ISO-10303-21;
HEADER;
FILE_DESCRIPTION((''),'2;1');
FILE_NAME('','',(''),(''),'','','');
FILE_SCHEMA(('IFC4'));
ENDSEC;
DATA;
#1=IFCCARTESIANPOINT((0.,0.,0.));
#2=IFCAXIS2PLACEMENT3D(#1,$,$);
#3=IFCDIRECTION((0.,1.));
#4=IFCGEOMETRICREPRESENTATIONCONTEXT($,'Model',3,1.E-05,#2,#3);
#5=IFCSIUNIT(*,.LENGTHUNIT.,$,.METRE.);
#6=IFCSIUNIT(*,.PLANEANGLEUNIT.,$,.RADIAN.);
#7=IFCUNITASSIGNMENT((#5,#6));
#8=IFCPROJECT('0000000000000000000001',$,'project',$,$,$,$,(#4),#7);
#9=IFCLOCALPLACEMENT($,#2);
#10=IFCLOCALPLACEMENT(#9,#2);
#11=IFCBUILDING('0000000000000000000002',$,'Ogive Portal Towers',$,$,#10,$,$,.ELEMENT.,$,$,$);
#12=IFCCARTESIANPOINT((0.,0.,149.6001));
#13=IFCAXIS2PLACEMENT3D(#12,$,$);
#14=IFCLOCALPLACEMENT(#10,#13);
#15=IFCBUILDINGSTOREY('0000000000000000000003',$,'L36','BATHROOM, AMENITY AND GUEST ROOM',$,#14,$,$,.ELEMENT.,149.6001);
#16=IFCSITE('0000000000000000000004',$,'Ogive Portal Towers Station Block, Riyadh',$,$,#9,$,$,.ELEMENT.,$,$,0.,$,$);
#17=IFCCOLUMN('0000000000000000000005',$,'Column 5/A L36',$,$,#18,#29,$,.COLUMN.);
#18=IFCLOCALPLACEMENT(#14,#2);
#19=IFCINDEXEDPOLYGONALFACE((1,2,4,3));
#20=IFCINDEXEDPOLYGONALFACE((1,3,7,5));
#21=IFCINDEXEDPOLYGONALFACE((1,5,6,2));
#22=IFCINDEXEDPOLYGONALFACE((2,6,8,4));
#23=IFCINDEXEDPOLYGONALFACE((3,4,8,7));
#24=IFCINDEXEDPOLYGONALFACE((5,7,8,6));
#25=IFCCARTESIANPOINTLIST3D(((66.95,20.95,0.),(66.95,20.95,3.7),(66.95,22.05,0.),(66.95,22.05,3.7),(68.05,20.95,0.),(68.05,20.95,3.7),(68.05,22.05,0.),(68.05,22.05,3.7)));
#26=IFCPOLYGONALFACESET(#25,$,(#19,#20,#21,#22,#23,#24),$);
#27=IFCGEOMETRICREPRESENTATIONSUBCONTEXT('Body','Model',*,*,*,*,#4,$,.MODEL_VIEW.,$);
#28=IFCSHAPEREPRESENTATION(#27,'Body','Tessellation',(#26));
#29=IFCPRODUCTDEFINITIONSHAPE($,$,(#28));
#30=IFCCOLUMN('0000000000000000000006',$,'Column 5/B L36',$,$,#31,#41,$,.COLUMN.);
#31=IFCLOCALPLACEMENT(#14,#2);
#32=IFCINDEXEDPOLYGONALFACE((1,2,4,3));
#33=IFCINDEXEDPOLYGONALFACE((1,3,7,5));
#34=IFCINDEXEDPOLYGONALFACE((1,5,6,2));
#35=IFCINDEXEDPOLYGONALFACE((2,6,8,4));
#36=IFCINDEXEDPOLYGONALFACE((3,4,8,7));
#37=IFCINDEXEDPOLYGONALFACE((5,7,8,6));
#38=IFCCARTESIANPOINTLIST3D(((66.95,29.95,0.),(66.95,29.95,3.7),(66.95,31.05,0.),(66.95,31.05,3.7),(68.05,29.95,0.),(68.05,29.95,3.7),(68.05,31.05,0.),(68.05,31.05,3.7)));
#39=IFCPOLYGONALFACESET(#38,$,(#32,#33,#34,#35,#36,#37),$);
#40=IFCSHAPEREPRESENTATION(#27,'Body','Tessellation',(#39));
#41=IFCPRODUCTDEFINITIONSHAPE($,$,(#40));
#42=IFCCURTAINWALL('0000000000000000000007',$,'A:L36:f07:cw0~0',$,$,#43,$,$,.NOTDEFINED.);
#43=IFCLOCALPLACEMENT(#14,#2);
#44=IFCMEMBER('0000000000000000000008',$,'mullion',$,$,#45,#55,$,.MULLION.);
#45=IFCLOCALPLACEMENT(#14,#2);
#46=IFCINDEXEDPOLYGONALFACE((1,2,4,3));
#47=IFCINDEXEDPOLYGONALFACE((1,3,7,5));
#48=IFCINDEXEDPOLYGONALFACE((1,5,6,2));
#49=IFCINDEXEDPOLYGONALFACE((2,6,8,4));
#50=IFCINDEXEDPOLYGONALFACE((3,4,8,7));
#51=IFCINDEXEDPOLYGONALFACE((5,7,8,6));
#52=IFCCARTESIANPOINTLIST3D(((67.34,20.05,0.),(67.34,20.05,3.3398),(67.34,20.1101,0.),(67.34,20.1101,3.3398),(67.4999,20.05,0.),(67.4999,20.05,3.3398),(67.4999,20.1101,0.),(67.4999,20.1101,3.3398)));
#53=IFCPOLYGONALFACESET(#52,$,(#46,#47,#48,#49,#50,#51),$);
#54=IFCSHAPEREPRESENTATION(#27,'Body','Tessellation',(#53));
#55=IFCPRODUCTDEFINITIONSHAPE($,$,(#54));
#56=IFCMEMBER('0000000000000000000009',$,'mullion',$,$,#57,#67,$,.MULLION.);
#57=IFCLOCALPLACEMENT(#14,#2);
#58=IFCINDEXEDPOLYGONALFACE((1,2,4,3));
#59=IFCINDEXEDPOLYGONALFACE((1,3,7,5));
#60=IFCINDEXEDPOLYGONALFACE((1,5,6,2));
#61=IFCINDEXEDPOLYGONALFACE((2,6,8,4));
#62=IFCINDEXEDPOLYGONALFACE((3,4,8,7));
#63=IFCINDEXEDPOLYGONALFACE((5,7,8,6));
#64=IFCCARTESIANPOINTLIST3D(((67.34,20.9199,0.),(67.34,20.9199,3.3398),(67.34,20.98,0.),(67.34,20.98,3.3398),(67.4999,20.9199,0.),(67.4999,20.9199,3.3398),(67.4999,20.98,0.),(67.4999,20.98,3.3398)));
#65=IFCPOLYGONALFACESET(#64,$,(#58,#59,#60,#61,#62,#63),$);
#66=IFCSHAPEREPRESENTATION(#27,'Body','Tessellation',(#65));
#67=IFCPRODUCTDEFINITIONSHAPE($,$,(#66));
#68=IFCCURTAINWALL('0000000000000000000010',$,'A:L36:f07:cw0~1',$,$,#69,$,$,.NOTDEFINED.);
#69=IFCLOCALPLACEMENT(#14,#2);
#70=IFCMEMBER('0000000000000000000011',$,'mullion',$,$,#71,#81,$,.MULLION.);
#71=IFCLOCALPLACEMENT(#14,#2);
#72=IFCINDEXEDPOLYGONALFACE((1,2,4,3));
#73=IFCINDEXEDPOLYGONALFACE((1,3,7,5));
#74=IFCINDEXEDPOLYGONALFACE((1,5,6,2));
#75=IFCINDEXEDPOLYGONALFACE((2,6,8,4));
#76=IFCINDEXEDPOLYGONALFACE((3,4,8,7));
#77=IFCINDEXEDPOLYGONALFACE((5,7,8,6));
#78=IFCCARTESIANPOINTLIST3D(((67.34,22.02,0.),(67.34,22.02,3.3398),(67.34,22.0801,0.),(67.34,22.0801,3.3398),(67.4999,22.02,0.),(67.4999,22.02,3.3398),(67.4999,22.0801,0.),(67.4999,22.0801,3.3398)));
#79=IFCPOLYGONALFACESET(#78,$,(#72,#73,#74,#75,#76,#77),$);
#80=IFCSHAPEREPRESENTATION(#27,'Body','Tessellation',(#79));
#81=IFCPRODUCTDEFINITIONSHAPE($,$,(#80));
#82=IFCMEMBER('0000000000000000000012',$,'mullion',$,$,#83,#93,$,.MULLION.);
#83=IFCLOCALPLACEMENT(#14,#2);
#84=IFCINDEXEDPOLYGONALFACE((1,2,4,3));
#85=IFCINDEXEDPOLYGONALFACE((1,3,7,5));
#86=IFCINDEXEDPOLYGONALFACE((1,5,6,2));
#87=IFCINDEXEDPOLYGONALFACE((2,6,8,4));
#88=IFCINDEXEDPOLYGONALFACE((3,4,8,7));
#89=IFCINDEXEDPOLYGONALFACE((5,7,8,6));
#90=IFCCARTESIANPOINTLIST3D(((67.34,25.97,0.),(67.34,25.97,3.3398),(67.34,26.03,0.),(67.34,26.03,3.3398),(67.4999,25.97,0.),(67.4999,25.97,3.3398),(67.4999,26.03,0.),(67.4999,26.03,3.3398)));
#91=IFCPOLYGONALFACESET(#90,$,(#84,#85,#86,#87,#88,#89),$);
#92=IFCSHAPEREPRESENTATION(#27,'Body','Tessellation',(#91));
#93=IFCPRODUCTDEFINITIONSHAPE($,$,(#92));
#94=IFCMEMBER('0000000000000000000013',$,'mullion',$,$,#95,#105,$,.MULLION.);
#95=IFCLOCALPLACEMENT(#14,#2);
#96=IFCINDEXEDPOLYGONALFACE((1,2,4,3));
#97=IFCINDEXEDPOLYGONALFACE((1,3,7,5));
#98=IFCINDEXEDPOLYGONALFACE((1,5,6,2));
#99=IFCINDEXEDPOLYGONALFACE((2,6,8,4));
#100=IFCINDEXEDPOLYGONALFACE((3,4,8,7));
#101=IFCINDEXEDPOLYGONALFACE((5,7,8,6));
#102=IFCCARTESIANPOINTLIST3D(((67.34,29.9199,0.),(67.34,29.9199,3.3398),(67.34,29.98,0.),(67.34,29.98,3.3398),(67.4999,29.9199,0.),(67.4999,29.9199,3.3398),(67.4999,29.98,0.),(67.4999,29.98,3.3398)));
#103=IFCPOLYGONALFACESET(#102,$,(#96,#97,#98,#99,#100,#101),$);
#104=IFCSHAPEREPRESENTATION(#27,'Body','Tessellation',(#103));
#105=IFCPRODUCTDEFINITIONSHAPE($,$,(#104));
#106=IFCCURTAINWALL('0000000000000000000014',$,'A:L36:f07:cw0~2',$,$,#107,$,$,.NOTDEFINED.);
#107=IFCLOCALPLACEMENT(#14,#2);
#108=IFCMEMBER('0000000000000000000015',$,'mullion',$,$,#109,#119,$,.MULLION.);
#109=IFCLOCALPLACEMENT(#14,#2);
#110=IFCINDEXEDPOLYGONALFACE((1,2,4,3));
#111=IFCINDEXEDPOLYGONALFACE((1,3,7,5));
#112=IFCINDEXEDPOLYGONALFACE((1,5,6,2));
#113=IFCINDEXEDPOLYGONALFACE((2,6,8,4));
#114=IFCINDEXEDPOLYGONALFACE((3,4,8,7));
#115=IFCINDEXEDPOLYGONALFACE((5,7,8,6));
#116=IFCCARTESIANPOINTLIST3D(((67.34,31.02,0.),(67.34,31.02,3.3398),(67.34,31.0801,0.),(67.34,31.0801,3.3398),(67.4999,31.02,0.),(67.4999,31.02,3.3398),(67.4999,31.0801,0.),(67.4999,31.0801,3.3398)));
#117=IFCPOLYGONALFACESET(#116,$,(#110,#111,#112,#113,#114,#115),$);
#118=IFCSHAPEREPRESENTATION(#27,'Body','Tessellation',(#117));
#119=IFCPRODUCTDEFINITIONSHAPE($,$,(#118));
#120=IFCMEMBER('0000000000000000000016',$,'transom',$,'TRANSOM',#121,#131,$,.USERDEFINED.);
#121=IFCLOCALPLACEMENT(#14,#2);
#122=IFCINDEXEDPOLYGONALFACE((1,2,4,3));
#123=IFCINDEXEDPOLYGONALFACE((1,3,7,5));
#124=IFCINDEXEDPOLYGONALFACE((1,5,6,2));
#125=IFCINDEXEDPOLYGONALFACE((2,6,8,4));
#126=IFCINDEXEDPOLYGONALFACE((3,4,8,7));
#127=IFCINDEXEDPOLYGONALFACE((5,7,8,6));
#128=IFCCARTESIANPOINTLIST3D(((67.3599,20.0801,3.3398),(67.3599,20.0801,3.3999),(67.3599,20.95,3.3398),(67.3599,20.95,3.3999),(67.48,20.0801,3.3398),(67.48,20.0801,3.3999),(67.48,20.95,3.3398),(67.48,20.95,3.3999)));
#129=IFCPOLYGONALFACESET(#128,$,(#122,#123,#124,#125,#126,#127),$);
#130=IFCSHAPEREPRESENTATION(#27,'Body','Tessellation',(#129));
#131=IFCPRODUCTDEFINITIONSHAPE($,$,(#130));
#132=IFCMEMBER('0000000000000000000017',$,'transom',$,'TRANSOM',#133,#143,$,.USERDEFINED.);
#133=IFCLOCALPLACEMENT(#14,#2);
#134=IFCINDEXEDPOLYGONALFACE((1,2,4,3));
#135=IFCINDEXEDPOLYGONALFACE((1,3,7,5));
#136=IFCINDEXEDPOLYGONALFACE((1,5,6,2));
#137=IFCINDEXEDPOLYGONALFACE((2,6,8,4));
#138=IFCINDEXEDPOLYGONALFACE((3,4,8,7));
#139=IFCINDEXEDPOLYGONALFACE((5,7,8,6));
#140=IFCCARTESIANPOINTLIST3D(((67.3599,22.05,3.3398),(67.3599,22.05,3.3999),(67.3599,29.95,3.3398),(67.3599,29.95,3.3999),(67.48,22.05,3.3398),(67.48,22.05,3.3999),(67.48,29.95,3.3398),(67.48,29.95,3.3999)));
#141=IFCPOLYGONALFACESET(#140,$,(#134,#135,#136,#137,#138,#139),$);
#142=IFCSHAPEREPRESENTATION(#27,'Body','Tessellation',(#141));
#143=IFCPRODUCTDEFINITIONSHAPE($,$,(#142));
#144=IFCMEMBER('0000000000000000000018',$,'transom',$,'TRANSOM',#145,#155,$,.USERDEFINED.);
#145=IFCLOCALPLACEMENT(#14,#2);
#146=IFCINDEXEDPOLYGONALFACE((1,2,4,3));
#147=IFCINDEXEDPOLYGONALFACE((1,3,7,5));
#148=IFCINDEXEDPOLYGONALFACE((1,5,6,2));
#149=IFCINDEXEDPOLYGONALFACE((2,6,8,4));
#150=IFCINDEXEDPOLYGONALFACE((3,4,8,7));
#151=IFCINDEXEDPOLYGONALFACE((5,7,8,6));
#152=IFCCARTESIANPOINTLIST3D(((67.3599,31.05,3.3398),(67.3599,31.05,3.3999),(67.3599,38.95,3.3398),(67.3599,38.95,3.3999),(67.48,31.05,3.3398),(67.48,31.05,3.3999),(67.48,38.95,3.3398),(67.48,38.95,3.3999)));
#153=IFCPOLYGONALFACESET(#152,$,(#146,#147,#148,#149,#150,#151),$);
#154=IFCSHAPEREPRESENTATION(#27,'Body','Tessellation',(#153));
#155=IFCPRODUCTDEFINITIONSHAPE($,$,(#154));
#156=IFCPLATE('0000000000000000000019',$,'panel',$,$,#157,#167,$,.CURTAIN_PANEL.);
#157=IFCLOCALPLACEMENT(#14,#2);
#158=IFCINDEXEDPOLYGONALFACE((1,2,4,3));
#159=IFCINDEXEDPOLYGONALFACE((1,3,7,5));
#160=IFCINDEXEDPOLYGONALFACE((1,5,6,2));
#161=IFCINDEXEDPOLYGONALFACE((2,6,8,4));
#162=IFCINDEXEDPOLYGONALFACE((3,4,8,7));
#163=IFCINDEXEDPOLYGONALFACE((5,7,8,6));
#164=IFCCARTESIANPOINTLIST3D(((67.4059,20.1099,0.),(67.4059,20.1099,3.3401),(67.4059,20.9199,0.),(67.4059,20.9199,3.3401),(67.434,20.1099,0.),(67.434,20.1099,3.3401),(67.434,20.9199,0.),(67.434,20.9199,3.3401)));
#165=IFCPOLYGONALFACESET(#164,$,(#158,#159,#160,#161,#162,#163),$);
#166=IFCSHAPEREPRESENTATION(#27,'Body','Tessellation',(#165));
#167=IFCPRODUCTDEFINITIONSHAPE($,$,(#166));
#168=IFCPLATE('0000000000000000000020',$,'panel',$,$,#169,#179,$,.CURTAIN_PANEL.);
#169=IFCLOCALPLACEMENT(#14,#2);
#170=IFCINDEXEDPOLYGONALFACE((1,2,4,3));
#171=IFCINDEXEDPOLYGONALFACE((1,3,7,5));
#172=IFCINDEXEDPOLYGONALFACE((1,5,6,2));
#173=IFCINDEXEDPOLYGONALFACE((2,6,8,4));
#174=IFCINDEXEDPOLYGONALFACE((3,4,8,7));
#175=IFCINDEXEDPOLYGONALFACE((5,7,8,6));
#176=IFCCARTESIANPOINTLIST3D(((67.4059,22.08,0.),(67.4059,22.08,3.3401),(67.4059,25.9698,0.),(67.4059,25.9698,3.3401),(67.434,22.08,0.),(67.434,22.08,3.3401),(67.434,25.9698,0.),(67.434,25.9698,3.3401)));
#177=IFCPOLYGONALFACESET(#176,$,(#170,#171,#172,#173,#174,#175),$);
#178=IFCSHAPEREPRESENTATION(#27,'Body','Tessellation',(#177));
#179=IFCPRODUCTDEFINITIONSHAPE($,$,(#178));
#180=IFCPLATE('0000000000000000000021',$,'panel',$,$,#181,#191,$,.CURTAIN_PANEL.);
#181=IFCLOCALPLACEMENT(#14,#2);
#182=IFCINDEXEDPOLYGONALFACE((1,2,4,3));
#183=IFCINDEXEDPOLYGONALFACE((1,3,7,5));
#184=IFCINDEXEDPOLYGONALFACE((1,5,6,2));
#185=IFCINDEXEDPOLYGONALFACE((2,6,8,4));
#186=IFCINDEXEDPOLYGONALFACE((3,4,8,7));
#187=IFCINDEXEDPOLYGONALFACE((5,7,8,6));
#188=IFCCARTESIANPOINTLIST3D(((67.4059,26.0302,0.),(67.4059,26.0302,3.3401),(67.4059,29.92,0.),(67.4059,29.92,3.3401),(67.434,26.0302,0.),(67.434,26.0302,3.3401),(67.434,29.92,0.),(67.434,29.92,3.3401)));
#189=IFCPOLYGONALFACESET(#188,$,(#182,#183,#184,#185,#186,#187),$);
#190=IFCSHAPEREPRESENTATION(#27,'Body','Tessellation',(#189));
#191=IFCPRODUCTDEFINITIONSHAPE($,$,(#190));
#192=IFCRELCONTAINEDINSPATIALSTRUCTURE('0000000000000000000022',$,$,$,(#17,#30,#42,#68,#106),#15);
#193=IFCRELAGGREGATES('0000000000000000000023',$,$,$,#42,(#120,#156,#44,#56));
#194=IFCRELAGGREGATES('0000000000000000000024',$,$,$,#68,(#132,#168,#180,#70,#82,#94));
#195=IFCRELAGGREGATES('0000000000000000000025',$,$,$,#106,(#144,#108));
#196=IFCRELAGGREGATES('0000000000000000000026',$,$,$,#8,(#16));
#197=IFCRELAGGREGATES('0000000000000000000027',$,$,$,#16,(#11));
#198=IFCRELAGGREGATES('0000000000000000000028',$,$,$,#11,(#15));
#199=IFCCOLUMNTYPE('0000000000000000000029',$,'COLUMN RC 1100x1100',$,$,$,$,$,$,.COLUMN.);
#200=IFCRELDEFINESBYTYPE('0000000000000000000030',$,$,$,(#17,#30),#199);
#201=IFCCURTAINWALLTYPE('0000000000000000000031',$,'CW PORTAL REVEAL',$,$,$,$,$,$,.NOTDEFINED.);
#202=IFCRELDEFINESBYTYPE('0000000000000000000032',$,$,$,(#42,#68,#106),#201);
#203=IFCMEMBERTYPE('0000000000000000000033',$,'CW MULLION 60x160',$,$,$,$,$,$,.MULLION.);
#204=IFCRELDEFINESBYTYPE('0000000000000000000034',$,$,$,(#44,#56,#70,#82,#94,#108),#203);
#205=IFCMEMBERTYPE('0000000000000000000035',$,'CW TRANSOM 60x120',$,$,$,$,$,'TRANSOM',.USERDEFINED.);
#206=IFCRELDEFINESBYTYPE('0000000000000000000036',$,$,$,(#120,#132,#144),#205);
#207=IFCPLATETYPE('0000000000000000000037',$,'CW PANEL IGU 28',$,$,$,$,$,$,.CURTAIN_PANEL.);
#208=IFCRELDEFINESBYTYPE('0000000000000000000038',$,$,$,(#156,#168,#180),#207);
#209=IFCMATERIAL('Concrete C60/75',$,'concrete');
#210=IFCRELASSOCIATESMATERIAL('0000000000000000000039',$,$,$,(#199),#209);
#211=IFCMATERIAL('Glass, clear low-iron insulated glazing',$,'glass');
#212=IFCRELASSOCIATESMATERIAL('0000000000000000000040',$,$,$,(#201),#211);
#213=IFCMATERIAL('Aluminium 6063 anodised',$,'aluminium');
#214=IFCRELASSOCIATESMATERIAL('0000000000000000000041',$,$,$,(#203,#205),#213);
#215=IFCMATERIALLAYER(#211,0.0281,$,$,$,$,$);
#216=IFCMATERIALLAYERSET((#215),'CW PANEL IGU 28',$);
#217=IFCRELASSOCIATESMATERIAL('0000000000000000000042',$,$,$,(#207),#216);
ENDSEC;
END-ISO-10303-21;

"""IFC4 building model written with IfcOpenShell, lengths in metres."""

from ifc_helpers import new_model, si_unit, direction, frame, origin, origin_2d, place, context, subcontext, project, spatial, rectangle, extrude, material, layer, layer_set, material_profile, profile_set, type_object, element, aggregate, save


model = new_model("IFC4")

# Units and contexts
model_context = context("Model", 3, precision=1e-05, world=origin(), true_north=direction((0.0, 1.0)))
body_context = subcontext(model_context, "Body", "Model", "MODEL_VIEW")
ifc_project = project(units=[si_unit("LENGTHUNIT", "METRE"), si_unit("PLANEANGLEUNIT", "RADIAN")], contexts=[model_context])

# Site, building, storey
site_placement = place(None, origin())
site = spatial("IfcSite", under=ifc_project, at=site_placement, Name="Ogive Portal Towers Station Block, Riyadh", CompositionType="ELEMENT", RefElevation=0.0)
building_placement = place(site_placement, origin())
building = spatial("IfcBuilding", under=site, at=building_placement, Name="Ogive Portal Towers", CompositionType="ELEMENT")
storey_placement = place(building_placement, frame((0.0, 0.0, 149.6001)))
storey = spatial("IfcBuildingStorey", under=building, at=storey_placement, Name="L36", Description="BATHROOM, AMENITY AND GUEST ROOM", CompositionType="ELEMENT", Elevation=149.6001)

# Columns
ifc_material_1 = material(Name="Concrete C60/75", Category="concrete")
ifc_material_profile_1 = material_profile(ifc_material_1, rectangle(XDim=1.1001, YDim=1.1001, at=origin_2d()), Name="RC 1100x1100")
ifc_profile_set_1 = profile_set([ifc_material_profile_1], Name="Concrete C60/75")
column_type = type_object("IfcColumnType", Name="COLUMN RC 1100x1100", PredefinedType="COLUMN", material=ifc_profile_set_1)
for number, where, z_axis, x_axis, name in (
    (1, (67.5, 21.5, 0.0), (0.0, 0.0, 1.0), (1.0, 0.0, 0.0), "Column 5/A L36"),
    (2, (67.5, 30.5, 0.0), (0.0, 0.0, 1.0), (1.0, 0.0, 0.0), "Column 5/B L36"),
):
    element("IfcColumn", number, at=place(storey_placement, frame(where, z_axis=z_axis, x_axis=x_axis)), inside=storey, type_object=column_type, Name=name, PredefinedType="COLUMN", context=body_context, shape_type="SweptSolid", body=[
        extrude(rectangle(XDim=1.1001, YDim=1.1001, at=origin_2d()), origin(), (0.0, 0.0, 1.0), 3.7),
    ])

# Curtain walls, members
ifc_material_2 = material(Name="Glass, clear low-iron insulated glazing", Category="glass")
curtain_wall_type = type_object("IfcCurtainWallType", Name="CW PORTAL REVEAL", PredefinedType="NOTDEFINED", material=ifc_material_2)
curtain_wall_1_placement = place(storey_placement, origin())
curtain_wall_1 = element("IfcCurtainWall", 3, at=curtain_wall_1_placement, inside=storey, type_object=curtain_wall_type, Name="A:L36:f07:cw0~0", PredefinedType="NOTDEFINED")
ifc_material_3 = material(Name="Aluminium 6063 anodised", Category="aluminium")
ifc_material_profile_2 = material_profile(ifc_material_3, rectangle(XDim=0.1599, YDim=0.0601, at=origin_2d()), Name="AL 60x160")
ifc_profile_set_2 = profile_set([ifc_material_profile_2], Name="Aluminium 6063 anodised")
member_type_1 = type_object("IfcMemberType", Name="CW MULLION 60x160", PredefinedType="MULLION", material=ifc_profile_set_2)
member_1_placement = place(storey_placement, frame((67.4199, 20.0801, 0.0), z_axis=(0.0, 0.0, 1.0), x_axis=(-1.0, 0.0, 0.0)))
member_1 = element("IfcMember", 4, at=member_1_placement, type_object=member_type_1, Name="mullion", PredefinedType="MULLION", context=body_context, shape_type="SweptSolid", body=[
    extrude(rectangle(XDim=0.1599, YDim=0.0601, at=origin_2d()), origin(), (0.0, 0.0, 1.0), 3.3398),
])
member_2_placement = place(storey_placement, frame((67.4199, 20.95, 0.0), z_axis=(0.0, 0.0, 1.0), x_axis=(-1.0, 0.0, 0.0)))
member_2 = element("IfcMember", 5, at=member_2_placement, type_object=member_type_1, Name="mullion", PredefinedType="MULLION", context=body_context, shape_type="SweptSolid", body=[
    extrude(rectangle(XDim=0.1599, YDim=0.0601, at=origin_2d()), origin(), (0.0, 0.0, 1.0), 3.3398),
])
curtain_wall_2_placement = place(storey_placement, origin())
curtain_wall_2 = element("IfcCurtainWall", 6, at=curtain_wall_2_placement, inside=storey, type_object=curtain_wall_type, Name="A:L36:f07:cw0~1", PredefinedType="NOTDEFINED")
member_3_placement = place(storey_placement, frame((67.4199, 22.05, 0.0), z_axis=(0.0, 0.0, 1.0), x_axis=(-1.0, 0.0, 0.0)))
member_3 = element("IfcMember", 7, at=member_3_placement, type_object=member_type_1, Name="mullion", PredefinedType="MULLION", context=body_context, shape_type="SweptSolid", body=[
    extrude(rectangle(XDim=0.1599, YDim=0.0601, at=origin_2d()), origin(), (0.0, 0.0, 1.0), 3.3398),
])
member_4_placement = place(storey_placement, frame((67.4199, 26.0, 0.0), z_axis=(0.0, 0.0, 1.0), x_axis=(-1.0, 0.0, 0.0)))
member_4 = element("IfcMember", 8, at=member_4_placement, type_object=member_type_1, Name="mullion", PredefinedType="MULLION", context=body_context, shape_type="SweptSolid", body=[
    extrude(rectangle(XDim=0.1599, YDim=0.0601, at=origin_2d()), origin(), (0.0, 0.0, 1.0), 3.3398),
])
member_5_placement = place(storey_placement, frame((67.4199, 29.95, 0.0), z_axis=(0.0, 0.0, 1.0), x_axis=(-1.0, 0.0, 0.0)))
member_5 = element("IfcMember", 9, at=member_5_placement, type_object=member_type_1, Name="mullion", PredefinedType="MULLION", context=body_context, shape_type="SweptSolid", body=[
    extrude(rectangle(XDim=0.1599, YDim=0.0601, at=origin_2d()), origin(), (0.0, 0.0, 1.0), 3.3398),
])

# Curtain wall, member
curtain_wall_3_placement = place(storey_placement, origin())
curtain_wall_3 = element("IfcCurtainWall", 10, at=curtain_wall_3_placement, inside=storey, type_object=curtain_wall_type, Name="A:L36:f07:cw0~2", PredefinedType="NOTDEFINED")
member_6_placement = place(storey_placement, frame((67.4199, 31.05, 0.0), z_axis=(0.0, 0.0, 1.0), x_axis=(-1.0, 0.0, 0.0)))
member_6 = element("IfcMember", 11, at=member_6_placement, type_object=member_type_1, Name="mullion", PredefinedType="MULLION", context=body_context, shape_type="SweptSolid", body=[
    extrude(rectangle(XDim=0.1599, YDim=0.0601, at=origin_2d()), origin(), (0.0, 0.0, 1.0), 3.3398),
])

# Members
ifc_material_profile_3 = material_profile(ifc_material_3, rectangle(XDim=0.1201, YDim=0.0601, at=origin_2d()), Name="AL 120x60")
ifc_profile_set_3 = profile_set([ifc_material_profile_3], Name="Aluminium 6063 anodised")
member_type_2 = type_object("IfcMemberType", Name="CW TRANSOM 60x120", ElementType="TRANSOM", PredefinedType="USERDEFINED", material=ifc_profile_set_3)
member_7_placement = place(storey_placement, frame((67.4199, 20.0801, 3.3699), z_axis=(0.0, 1.0, 0.0), x_axis=(-1.0, 0.0, 0.0)))
member_7 = element("IfcMember", 12, at=member_7_placement, type_object=member_type_2, Name="transom", ObjectType="TRANSOM", PredefinedType="USERDEFINED", context=body_context, shape_type="SweptSolid", body=[
    extrude(rectangle(XDim=0.1201, YDim=0.0601, at=origin_2d()), origin(), (0.0, 0.0, 1.0), 0.8699),
])
member_8_placement = place(storey_placement, frame((67.4199, 22.05, 3.3699), z_axis=(0.0, 1.0, 0.0), x_axis=(-1.0, 0.0, 0.0)))
member_8 = element("IfcMember", 13, at=member_8_placement, type_object=member_type_2, Name="transom", ObjectType="TRANSOM", PredefinedType="USERDEFINED", context=body_context, shape_type="SweptSolid", body=[
    extrude(rectangle(XDim=0.1201, YDim=0.0601, at=origin_2d()), origin(), (0.0, 0.0, 1.0), 7.8999),
])
member_9_placement = place(storey_placement, frame((67.4199, 31.05, 3.3699), z_axis=(0.0, 1.0, 0.0), x_axis=(-1.0, 0.0, 0.0)))
member_9 = element("IfcMember", 14, at=member_9_placement, type_object=member_type_2, Name="transom", ObjectType="TRANSOM", PredefinedType="USERDEFINED", context=body_context, shape_type="SweptSolid", body=[
    extrude(rectangle(XDim=0.1201, YDim=0.0601, at=origin_2d()), origin(), (0.0, 0.0, 1.0), 7.8999),
])

# Plates
ifc_layer_1 = layer(ifc_material_2, 0.0281)
ifc_layer_set_1 = layer_set([ifc_layer_1], Name="CW PANEL IGU 28")
plate_type = type_object("IfcPlateType", Name="CW PANEL IGU 28", PredefinedType="CURTAIN_PANEL", material=ifc_layer_set_1)
plate_1_placement = place(storey_placement, frame((67.4199, 20.5149, 0.0), z_axis=(0.0, 0.0, 1.0), x_axis=(0.0, 1.0, 0.0)))
plate_1 = element("IfcPlate", 15, at=plate_1_placement, type_object=plate_type, Name="panel", PredefinedType="CURTAIN_PANEL", context=body_context, shape_type="SweptSolid", body=[
    extrude(rectangle(XDim=0.8101, YDim=0.0281, at=origin_2d()), origin(), (0.0, 0.0, 1.0), 3.3401),
])
aggregate(curtain_wall_1, [member_7, plate_1, member_1, member_2])
plate_2_placement = place(storey_placement, frame((67.4199, 24.0249, 0.0), z_axis=(0.0, 0.0, 1.0), x_axis=(0.0, 1.0, 0.0)))
plate_2 = element("IfcPlate", 16, at=plate_2_placement, type_object=plate_type, Name="panel", PredefinedType="CURTAIN_PANEL", context=body_context, shape_type="SweptSolid", body=[
    extrude(rectangle(XDim=3.8899, YDim=0.0281, at=origin_2d()), origin(), (0.0, 0.0, 1.0), 3.3401),
])
plate_3_placement = place(storey_placement, frame((67.4199, 27.9751, 0.0), z_axis=(0.0, 0.0, 1.0), x_axis=(0.0, 1.0, 0.0)))
plate_3 = element("IfcPlate", 17, at=plate_3_placement, type_object=plate_type, Name="panel", PredefinedType="CURTAIN_PANEL", context=body_context, shape_type="SweptSolid", body=[
    extrude(rectangle(XDim=3.8899, YDim=0.0281, at=origin_2d()), origin(), (0.0, 0.0, 1.0), 3.3401),
])
aggregate(curtain_wall_2, [member_8, plate_2, plate_3, member_3, member_4, member_5])
aggregate(curtain_wall_3, [member_9, member_6])

save(model, "model.ifc")
